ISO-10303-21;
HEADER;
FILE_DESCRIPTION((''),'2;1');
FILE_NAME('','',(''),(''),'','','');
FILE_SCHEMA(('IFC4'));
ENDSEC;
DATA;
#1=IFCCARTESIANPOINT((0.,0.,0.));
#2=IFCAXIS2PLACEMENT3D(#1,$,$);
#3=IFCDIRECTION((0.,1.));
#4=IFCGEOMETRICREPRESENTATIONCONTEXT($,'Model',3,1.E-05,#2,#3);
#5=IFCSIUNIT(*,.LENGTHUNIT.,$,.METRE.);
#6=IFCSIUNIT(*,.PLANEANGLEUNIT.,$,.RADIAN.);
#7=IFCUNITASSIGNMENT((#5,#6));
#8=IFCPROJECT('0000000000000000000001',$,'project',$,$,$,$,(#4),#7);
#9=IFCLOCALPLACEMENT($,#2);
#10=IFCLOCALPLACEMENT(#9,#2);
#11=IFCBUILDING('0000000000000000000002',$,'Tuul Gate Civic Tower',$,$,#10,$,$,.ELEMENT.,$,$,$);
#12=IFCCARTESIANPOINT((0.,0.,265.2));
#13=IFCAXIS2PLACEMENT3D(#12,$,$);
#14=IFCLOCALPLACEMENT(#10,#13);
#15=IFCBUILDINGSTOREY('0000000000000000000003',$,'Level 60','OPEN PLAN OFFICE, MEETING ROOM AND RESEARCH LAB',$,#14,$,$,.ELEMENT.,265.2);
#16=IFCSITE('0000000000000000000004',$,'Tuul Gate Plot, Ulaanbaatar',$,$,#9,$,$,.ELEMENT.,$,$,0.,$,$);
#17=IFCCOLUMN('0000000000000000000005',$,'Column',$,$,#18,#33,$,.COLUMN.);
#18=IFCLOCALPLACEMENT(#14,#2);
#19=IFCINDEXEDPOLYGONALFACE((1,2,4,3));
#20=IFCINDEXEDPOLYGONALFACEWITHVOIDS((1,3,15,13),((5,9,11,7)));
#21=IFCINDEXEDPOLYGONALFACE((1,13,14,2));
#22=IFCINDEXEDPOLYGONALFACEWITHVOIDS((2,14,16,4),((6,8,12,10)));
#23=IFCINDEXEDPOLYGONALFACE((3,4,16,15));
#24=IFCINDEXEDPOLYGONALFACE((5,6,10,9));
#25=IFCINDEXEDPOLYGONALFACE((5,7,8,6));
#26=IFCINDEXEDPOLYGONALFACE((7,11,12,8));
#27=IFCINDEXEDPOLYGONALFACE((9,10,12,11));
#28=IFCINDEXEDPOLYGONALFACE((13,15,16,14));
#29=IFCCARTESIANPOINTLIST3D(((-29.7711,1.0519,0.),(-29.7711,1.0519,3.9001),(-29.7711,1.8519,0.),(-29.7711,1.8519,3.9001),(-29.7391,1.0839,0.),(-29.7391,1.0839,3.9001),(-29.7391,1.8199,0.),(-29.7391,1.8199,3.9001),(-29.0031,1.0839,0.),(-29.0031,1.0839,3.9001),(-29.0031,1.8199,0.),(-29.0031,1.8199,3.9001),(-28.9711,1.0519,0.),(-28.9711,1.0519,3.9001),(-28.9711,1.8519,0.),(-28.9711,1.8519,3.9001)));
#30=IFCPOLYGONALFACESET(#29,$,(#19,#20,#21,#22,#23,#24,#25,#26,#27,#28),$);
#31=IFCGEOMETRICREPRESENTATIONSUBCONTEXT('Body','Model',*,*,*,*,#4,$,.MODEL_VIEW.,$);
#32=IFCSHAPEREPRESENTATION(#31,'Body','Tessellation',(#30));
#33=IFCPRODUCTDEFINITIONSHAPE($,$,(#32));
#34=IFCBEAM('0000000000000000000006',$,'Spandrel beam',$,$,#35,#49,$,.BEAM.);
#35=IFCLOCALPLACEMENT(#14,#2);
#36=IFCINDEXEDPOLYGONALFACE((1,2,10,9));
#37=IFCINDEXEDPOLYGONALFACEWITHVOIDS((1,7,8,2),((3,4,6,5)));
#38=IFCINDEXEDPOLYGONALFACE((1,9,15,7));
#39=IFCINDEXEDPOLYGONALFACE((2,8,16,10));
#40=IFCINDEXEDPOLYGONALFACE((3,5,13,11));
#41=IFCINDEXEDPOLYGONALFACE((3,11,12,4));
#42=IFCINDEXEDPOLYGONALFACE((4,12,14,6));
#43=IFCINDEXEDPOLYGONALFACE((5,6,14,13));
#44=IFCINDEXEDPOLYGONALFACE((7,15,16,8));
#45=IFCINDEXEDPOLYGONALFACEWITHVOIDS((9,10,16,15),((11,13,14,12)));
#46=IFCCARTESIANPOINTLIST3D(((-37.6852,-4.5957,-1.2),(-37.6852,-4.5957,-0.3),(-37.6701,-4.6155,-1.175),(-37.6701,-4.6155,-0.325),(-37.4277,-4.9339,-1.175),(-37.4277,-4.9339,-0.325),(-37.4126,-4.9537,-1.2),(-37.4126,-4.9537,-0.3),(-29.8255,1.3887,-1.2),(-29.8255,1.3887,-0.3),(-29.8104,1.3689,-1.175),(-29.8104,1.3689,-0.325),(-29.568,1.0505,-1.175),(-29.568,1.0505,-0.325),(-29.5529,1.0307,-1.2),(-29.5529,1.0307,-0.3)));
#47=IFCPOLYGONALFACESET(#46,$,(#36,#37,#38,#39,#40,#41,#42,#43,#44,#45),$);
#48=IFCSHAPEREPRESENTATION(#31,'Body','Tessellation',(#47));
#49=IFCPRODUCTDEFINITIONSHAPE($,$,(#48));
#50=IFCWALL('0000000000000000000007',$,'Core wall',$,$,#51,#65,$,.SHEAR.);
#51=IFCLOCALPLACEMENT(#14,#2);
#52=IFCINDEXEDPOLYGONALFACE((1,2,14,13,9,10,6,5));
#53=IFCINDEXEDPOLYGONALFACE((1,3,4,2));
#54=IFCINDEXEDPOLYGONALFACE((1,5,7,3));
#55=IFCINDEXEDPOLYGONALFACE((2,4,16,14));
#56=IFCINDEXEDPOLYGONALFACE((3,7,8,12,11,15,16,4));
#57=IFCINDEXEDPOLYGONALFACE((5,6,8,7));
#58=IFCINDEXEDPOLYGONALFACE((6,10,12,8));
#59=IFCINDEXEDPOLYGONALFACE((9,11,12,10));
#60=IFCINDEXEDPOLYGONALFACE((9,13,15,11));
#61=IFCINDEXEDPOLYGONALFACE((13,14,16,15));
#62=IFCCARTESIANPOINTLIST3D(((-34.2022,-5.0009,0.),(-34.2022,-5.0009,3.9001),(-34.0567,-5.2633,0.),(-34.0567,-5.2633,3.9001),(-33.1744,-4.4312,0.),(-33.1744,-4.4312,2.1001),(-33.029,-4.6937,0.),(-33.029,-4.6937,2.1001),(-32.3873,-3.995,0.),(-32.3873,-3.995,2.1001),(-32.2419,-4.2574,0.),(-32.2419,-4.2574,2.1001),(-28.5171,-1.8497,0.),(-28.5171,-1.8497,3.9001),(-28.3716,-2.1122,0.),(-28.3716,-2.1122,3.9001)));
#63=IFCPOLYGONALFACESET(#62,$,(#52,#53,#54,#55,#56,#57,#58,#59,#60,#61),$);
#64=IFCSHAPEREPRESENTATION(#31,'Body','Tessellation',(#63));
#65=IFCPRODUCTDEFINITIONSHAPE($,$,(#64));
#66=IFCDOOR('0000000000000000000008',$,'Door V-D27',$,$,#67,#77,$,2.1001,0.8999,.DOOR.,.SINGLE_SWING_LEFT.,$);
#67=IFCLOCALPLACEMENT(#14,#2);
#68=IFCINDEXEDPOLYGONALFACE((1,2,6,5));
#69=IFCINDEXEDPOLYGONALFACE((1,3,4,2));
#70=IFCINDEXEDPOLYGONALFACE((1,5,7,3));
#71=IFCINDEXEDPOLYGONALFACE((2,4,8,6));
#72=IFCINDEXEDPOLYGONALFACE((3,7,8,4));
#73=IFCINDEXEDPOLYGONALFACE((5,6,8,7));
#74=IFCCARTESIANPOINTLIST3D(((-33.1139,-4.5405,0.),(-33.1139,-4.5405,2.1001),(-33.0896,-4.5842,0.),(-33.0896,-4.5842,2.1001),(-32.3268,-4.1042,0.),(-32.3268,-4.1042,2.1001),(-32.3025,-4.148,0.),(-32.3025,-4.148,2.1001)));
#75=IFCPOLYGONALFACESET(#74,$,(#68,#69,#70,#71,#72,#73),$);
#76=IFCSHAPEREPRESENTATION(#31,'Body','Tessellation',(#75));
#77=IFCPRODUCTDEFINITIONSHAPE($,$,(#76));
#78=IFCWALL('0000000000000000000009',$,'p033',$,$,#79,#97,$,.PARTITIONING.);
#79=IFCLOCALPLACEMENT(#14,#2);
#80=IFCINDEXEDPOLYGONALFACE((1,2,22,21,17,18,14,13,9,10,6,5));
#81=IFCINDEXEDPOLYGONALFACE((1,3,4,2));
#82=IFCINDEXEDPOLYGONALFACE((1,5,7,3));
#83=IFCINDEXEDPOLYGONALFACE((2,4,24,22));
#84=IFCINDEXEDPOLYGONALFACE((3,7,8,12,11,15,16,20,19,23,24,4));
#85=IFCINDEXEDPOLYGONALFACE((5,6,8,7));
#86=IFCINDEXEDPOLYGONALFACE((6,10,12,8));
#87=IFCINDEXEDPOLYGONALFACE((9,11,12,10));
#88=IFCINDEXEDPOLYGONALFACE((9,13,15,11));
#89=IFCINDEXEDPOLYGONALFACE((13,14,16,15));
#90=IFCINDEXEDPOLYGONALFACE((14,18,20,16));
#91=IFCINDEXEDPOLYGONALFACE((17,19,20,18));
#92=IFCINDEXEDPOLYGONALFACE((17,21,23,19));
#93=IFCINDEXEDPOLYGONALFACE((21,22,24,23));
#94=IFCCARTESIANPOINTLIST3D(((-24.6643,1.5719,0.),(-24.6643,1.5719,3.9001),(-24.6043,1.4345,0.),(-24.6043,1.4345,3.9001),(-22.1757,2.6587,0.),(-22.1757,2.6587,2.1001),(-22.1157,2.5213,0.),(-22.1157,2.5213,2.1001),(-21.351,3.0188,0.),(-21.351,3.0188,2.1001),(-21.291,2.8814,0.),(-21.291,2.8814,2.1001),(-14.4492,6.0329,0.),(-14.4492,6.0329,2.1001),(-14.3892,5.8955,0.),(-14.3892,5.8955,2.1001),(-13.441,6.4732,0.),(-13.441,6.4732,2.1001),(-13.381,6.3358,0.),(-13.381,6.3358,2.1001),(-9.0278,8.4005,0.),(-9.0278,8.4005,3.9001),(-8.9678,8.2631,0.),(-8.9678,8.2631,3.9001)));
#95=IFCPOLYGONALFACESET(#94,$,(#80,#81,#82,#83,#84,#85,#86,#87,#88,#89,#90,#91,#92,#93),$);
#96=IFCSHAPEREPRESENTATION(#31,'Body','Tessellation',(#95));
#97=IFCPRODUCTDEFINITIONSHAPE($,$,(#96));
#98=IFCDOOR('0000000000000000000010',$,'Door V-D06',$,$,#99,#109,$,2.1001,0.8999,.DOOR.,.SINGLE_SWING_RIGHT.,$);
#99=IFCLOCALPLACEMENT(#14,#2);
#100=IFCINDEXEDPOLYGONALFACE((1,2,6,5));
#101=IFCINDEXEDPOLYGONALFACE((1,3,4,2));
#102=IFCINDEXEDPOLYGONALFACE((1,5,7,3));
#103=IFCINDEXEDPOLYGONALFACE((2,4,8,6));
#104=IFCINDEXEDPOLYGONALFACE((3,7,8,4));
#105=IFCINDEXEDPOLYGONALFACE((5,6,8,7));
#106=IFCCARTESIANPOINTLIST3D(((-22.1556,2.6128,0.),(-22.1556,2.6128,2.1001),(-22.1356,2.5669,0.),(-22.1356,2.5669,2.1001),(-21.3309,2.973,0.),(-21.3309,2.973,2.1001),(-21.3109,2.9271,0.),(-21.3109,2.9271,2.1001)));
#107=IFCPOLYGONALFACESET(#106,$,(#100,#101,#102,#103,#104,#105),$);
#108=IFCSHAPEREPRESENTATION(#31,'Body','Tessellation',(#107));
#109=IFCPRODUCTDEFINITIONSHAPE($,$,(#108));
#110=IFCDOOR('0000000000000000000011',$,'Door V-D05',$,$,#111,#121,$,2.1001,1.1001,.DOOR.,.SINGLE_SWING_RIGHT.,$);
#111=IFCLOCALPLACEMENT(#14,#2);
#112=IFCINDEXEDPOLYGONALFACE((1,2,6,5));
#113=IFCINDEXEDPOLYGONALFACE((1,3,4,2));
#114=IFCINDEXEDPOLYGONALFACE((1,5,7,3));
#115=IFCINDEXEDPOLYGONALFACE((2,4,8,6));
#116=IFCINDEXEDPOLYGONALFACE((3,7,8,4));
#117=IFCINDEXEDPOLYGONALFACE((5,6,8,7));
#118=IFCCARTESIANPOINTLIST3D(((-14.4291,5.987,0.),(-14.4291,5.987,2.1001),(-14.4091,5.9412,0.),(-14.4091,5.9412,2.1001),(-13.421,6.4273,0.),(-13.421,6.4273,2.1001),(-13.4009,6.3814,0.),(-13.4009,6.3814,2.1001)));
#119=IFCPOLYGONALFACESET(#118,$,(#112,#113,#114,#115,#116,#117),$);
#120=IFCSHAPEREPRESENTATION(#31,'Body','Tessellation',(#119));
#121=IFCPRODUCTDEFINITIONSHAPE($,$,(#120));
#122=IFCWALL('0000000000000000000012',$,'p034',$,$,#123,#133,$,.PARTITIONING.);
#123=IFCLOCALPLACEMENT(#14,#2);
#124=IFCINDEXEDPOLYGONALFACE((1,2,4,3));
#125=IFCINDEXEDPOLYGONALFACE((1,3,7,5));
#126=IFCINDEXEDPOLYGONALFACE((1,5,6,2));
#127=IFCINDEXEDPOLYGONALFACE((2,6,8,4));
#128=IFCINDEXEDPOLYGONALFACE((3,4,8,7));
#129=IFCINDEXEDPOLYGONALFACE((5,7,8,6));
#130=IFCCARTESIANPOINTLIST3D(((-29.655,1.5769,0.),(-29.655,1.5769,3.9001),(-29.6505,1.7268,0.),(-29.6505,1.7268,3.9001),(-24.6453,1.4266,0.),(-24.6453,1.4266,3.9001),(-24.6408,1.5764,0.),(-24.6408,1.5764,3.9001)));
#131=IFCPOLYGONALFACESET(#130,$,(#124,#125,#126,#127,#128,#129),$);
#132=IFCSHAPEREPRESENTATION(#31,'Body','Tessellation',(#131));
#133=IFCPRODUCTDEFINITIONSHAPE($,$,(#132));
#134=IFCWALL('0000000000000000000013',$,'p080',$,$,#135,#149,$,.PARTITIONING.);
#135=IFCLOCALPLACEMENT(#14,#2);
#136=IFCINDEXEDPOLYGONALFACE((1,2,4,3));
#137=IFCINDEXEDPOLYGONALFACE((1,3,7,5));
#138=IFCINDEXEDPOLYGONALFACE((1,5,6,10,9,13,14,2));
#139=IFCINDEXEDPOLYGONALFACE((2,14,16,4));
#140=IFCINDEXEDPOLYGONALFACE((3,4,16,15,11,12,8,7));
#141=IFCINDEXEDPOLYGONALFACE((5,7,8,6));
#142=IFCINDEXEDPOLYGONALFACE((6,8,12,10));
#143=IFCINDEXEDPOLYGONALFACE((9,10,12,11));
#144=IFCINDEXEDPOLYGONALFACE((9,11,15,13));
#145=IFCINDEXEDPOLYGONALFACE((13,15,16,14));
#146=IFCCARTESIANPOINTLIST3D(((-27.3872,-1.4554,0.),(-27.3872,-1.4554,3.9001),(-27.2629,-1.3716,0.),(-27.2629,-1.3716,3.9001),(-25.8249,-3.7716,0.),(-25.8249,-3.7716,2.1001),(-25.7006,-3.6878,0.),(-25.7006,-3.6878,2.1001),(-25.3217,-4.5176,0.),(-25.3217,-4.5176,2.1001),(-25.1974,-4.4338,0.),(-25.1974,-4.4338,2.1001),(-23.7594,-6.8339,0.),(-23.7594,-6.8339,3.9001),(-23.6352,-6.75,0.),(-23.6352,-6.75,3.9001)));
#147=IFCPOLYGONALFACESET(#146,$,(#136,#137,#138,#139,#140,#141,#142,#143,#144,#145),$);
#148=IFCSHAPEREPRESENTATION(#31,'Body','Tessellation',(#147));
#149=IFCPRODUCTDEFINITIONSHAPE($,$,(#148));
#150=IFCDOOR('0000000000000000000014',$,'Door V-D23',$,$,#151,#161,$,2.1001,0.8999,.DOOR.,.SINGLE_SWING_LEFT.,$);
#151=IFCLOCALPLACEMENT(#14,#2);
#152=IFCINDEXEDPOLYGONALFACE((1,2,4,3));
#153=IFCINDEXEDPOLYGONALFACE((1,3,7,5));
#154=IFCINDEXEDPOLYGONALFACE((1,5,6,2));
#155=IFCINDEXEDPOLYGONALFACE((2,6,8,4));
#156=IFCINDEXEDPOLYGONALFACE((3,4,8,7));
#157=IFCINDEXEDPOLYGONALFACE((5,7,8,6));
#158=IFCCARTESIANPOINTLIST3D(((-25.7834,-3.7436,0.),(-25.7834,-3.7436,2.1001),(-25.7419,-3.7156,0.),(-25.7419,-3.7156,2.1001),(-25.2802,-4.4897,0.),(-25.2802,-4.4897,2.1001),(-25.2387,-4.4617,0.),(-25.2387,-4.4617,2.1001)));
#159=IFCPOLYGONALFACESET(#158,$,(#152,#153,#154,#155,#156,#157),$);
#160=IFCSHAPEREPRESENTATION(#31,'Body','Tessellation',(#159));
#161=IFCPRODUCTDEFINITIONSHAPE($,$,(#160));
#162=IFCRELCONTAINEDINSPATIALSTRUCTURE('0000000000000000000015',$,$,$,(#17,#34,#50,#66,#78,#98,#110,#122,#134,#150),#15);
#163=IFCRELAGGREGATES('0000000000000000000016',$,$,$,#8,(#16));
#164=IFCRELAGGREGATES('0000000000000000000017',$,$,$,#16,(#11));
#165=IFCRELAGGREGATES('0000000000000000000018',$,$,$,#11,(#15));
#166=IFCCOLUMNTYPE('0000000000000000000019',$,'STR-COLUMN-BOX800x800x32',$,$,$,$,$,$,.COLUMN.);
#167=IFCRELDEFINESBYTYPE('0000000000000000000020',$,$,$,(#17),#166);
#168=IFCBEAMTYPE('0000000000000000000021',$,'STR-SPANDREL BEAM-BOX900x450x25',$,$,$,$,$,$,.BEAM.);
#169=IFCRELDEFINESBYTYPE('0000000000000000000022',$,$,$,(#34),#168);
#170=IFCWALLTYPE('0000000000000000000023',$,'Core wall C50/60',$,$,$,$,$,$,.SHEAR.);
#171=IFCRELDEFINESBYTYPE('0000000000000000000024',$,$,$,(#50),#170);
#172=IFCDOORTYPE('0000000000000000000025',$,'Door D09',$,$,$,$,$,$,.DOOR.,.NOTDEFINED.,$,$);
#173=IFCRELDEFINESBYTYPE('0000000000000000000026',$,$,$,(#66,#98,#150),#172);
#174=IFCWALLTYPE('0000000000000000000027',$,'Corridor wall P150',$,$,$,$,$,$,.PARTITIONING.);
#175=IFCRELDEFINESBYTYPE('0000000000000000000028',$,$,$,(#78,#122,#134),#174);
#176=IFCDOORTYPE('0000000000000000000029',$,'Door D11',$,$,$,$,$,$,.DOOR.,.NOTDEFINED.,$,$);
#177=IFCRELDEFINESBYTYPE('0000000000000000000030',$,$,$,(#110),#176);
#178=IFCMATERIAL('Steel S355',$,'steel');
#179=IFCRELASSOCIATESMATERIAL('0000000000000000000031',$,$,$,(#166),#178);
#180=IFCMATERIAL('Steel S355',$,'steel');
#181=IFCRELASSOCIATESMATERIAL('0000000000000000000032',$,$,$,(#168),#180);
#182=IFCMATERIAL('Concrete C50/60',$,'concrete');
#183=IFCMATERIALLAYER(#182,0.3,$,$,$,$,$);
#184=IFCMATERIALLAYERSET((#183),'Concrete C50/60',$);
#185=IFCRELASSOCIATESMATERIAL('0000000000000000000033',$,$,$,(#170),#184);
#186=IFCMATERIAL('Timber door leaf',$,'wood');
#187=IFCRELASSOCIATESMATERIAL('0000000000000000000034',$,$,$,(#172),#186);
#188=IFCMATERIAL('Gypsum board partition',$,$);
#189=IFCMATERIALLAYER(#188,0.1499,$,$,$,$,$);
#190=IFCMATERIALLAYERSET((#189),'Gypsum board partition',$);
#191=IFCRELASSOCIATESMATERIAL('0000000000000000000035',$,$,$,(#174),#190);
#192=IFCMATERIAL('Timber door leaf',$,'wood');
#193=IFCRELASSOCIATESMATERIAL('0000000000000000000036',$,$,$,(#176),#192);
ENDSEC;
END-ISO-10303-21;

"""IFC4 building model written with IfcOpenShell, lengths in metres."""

from ifc_helpers import new_model, si_unit, direction, frame, frame_2d, origin, origin_2d, place, context, subcontext, project, spatial, rectangle, hollow_rectangle, extrude, material, layer, layer_set, material_profile, profile_set, type_object, element, fill, save


model = new_model("IFC4")

# Units and contexts
model_context = context("Model", 3, precision=1e-05, world=origin(), true_north=direction((0.0, 1.0)))
body_context = subcontext(model_context, "Body", "Model", "MODEL_VIEW")
ifc_project = project(units=[si_unit("LENGTHUNIT", "METRE"), si_unit("PLANEANGLEUNIT", "RADIAN")], contexts=[model_context])

# Site, building, storey
site_placement = place(None, origin())
site = spatial("IfcSite", under=ifc_project, at=site_placement, Name="Tuul Gate Plot, Ulaanbaatar", CompositionType="ELEMENT", RefElevation=0.0)
building_placement = place(site_placement, origin())
building = spatial("IfcBuilding", under=site, at=building_placement, Name="Tuul Gate Civic Tower", CompositionType="ELEMENT")
storey_placement = place(building_placement, frame((0.0, 0.0, 265.2)))
storey = spatial("IfcBuildingStorey", under=building, at=storey_placement, Name="Level 60", Description="OPEN PLAN OFFICE, MEETING ROOM AND RESEARCH LAB", CompositionType="ELEMENT", Elevation=265.2)

# Column
ifc_material_1 = material(Name="Steel S355", Category="steel")
ifc_material_profile_1 = material_profile(ifc_material_1, hollow_rectangle(XDim=0.8, YDim=0.8, WallThickness=0.032, at=origin_2d()), Name="BOX800x800x32")
ifc_profile_set_1 = profile_set([ifc_material_profile_1], Name="Steel S355")
column_type = type_object("IfcColumnType", Name="STR-COLUMN-BOX800x800x32", PredefinedType="COLUMN", material=ifc_profile_set_1)
column_placement = place(storey_placement, frame((-29.3711, 1.4519, 0.0), z_axis=(0.0, 0.0, 1.0), x_axis=(1.0, 0.0, 0.0)))
element("IfcColumn", 1, at=column_placement, inside=storey, type_object=column_type, Name="Column", PredefinedType="COLUMN", context=body_context, shape_type="SweptSolid", body=[
    extrude(hollow_rectangle(XDim=0.8, YDim=0.8, WallThickness=0.032, at=origin_2d()), origin(), (0.0, 0.0, 1.0), 3.9001),
])

# Beam
ifc_material_2 = material(Name="Steel S355", Category="steel")
ifc_material_profile_2 = material_profile(ifc_material_2, hollow_rectangle(XDim=0.45, YDim=0.8999, WallThickness=0.0249, at=origin_2d()), Name="BOX900x450x25")
ifc_profile_set_2 = profile_set([ifc_material_profile_2], Name="Steel S355")
beam_type = type_object("IfcBeamType", Name="STR-SPANDREL BEAM-BOX900x450x25", PredefinedType="BEAM", material=ifc_profile_set_2)
beam_placement = place(storey_placement, frame((-29.6892, 1.2097, -0.75), z_axis=(-0.795622, -0.605793, 0.0), x_axis=(0.605793, -0.795622, 0.0)))
element("IfcBeam", 2, at=beam_placement, inside=storey, type_object=beam_type, Name="Spandrel beam", PredefinedType="BEAM", context=body_context, shape_type="SweptSolid", body=[
    extrude(hollow_rectangle(XDim=0.45, YDim=0.8999, WallThickness=0.0249, at=origin_2d()), origin(), (0.0, 0.0, 1.0), 9.8787),
])

# Wall, opening, door
ifc_material_3 = material(Name="Concrete C50/60", Category="concrete")
ifc_layer_1 = layer(ifc_material_3, 0.3)
ifc_layer_set_1 = layer_set([ifc_layer_1], Name="Concrete C50/60")
wall_type_1 = type_object("IfcWallType", Name="Core wall C50/60", PredefinedType="SHEAR", material=ifc_layer_set_1)
wall_1_placement = place(storey_placement, frame((-28.4443, -1.981, 0.0), z_axis=(0.0, 0.0, 1.0), x_axis=(-0.87463, -0.484791, 0.0)))
wall_1 = element("IfcWall", 3, at=wall_1_placement, inside=storey, type_object=wall_type_1, Name="Core wall", PredefinedType="SHEAR", context=body_context, shape_type="SweptSolid", body=[
    extrude(rectangle(XDim=6.5, YDim=0.3, at=frame_2d((3.25, 0.0))), origin(), (0.0, 0.0, 1.0), 3.9001),
])
opening_1_placement = place(wall_1_placement, frame((4.425, 0.0, 0.0)))
opening_1 = element("IfcOpeningElement", 4, at=opening_1_placement, cuts=wall_1, PredefinedType="OPENING", context=body_context, shape_type="SweptSolid", body=[
    extrude(rectangle(XDim=0.8999, YDim=2.1001, at=frame_2d((0.45, 1.05))), frame((0.0, 0.1602, 0.0), z_axis=(0.0, -1.0, 0.0), x_axis=(1.0, 0.0, 0.0)), (0.0, 0.0, 1.0), 0.3201),
])
ifc_material_4 = material(Name="Timber door leaf", Category="wood")
door_type_1 = type_object("IfcDoorType", Name="Door D09", OperationType="NOTDEFINED", PredefinedType="DOOR", material=ifc_material_4)
door_1_placement = place(opening_1_placement, origin())
door_1 = element("IfcDoor", 5, at=door_1_placement, inside=storey, type_object=door_type_1, Name="Door V-D27", OperationType="SINGLE_SWING_LEFT", OverallHeight=2.1001, OverallWidth=0.8999, PredefinedType="DOOR", context=body_context, shape_type="SweptSolid", body=[
    extrude(rectangle(XDim=0.8999, YDim=2.1001, at=frame_2d((0.45, 1.05))), frame((0.0, 0.0249, 0.0), z_axis=(0.0, -1.0, 0.0), x_axis=(1.0, 0.0, 0.0)), (0.0, 0.0, 1.0), 0.05),
])
fill(opening_1, door_1)

# Wall, openings, doors
ifc_material_5 = material(Name="Gypsum board partition")
ifc_layer_2 = layer(ifc_material_5, 0.1499)
ifc_layer_set_2 = layer_set([ifc_layer_2], Name="Gypsum board partition")
wall_type_2 = type_object("IfcWallType", Name="Corridor wall P150", PredefinedType="PARTITIONING", material=ifc_layer_set_2)
wall_2_placement = place(storey_placement, frame((-24.6343, 1.5032, 0.0), z_axis=(0.0, 0.0, 1.0), x_axis=(0.916423, 0.400211, 0.0)))
wall_2 = element("IfcWall", 6, at=wall_2_placement, inside=storey, type_object=wall_type_2, Name="p033", PredefinedType="PARTITIONING", context=body_context, shape_type="SweptSolid", body=[
    extrude(rectangle(XDim=17.0625, YDim=0.1499, at=frame_2d((8.5312, 0.0))), origin(), (0.0, 0.0, 1.0), 3.9001),
])
opening_2_placement = place(wall_2_placement, frame((11.1467, 0.0, 0.0)))
opening_2 = element("IfcOpeningElement", 7, at=opening_2_placement, cuts=wall_2, PredefinedType="OPENING", context=body_context, shape_type="SweptSolid", body=[
    extrude(rectangle(XDim=1.1001, YDim=2.1001, at=frame_2d((0.55, 1.05))), frame((0.0, 0.085, 0.0), z_axis=(0.0, -1.0, 0.0), x_axis=(1.0, 0.0, 0.0)), (0.0, 0.0, 1.0), 0.1699),
])
opening_3_placement = place(wall_2_placement, frame((2.7156, 0.0, 0.0)))
opening_3 = element("IfcOpeningElement", 8, at=opening_3_placement, cuts=wall_2, PredefinedType="OPENING", context=body_context, shape_type="SweptSolid", body=[
    extrude(rectangle(XDim=0.8999, YDim=2.1001, at=frame_2d((0.45, 1.05))), frame((0.0, 0.085, 0.0), z_axis=(0.0, -1.0, 0.0), x_axis=(1.0, 0.0, 0.0)), (0.0, 0.0, 1.0), 0.1699),
])
door_2_placement = place(opening_3_placement, origin())
door_2 = element("IfcDoor", 9, at=door_2_placement, inside=storey, type_object=door_type_1, Name="Door V-D06", OperationType="SINGLE_SWING_RIGHT", OverallHeight=2.1001, OverallWidth=0.8999, PredefinedType="DOOR", context=body_context, shape_type="SweptSolid", body=[
    extrude(rectangle(XDim=0.8999, YDim=2.1001, at=frame_2d((0.45, 1.05))), frame((0.0, 0.0249, 0.0), z_axis=(0.0, -1.0, 0.0), x_axis=(1.0, 0.0, 0.0)), (0.0, 0.0, 1.0), 0.05),
])
fill(opening_3, door_2)
ifc_material_6 = material(Name="Timber door leaf", Category="wood")
door_type_2 = type_object("IfcDoorType", Name="Door D11", OperationType="NOTDEFINED", PredefinedType="DOOR", material=ifc_material_6)
door_3_placement = place(opening_2_placement, origin())
door_3 = element("IfcDoor", 10, at=door_3_placement, inside=storey, type_object=door_type_2, Name="Door V-D05", OperationType="SINGLE_SWING_RIGHT", OverallHeight=2.1001, OverallWidth=1.1001, PredefinedType="DOOR", context=body_context, shape_type="SweptSolid", body=[
    extrude(rectangle(XDim=1.1001, YDim=2.1001, at=frame_2d((0.55, 1.05))), frame((0.0, 0.0249, 0.0), z_axis=(0.0, -1.0, 0.0), x_axis=(1.0, 0.0, 0.0)), (0.0, 0.0, 1.0), 0.05),
])
fill(opening_2, door_3)

# Wall
wall_3_placement = place(storey_placement, frame((-29.6526, 1.6519, 0.0), z_axis=(0.0, 0.0, 1.0), x_axis=(0.99955, -0.030006, 0.0)))
element("IfcWall", 11, at=wall_3_placement, inside=storey, type_object=wall_type_2, Name="p034", PredefinedType="PARTITIONING", context=body_context, shape_type="SweptSolid", body=[
    extrude(rectangle(XDim=5.012, YDim=0.1499, at=frame_2d((2.5059, 0.0))), origin(), (0.0, 0.0, 1.0), 3.9001),
])

# Wall, opening, door
wall_4_placement = place(storey_placement, frame((-27.325, -1.4136, 0.0), z_axis=(0.0, 0.0, 1.0), x_axis=(0.559182, -0.829045, 0.0)))
wall_4 = element("IfcWall", 12, at=wall_4_placement, inside=storey, type_object=wall_type_2, Name="p080", PredefinedType="PARTITIONING", context=body_context, shape_type="SweptSolid", body=[
    extrude(rectangle(XDim=6.4875, YDim=0.1499, at=frame_2d((3.2437, 0.0))), origin(), (0.0, 0.0, 1.0), 3.9001),
])
opening_4_placement = place(wall_4_placement, frame((2.7937, 0.0, 0.0)))
opening_4 = element("IfcOpeningElement", 13, at=opening_4_placement, cuts=wall_4, PredefinedType="OPENING", context=body_context, shape_type="SweptSolid", body=[
    extrude(rectangle(XDim=0.8999, YDim=2.1001, at=frame_2d((0.45, 1.05))), frame((0.0, 0.085, 0.0), z_axis=(0.0, -1.0, 0.0), x_axis=(1.0, 0.0, 0.0)), (0.0, 0.0, 1.0), 0.1699),
])
door_4_placement = place(opening_4_placement, frame((0.8999, 0.0, 0.0), z_axis=(0.0, 0.0, 1.0), x_axis=(-1.0, 0.0, 0.0)))
door_4 = element("IfcDoor", 14, at=door_4_placement, inside=storey, type_object=door_type_1, Name="Door V-D23", OperationType="SINGLE_SWING_LEFT", OverallHeight=2.1001, OverallWidth=0.8999, PredefinedType="DOOR", context=body_context, shape_type="SweptSolid", body=[
    extrude(rectangle(XDim=0.8999, YDim=2.1001, at=frame_2d((0.45, 1.05))), frame((0.0, 0.0249, 0.0), z_axis=(0.0, -1.0, 0.0), x_axis=(1.0, 0.0, 0.0)), (0.0, 0.0, 1.0), 0.05),
])
fill(opening_4, door_4)

save(model, "model.ifc")
